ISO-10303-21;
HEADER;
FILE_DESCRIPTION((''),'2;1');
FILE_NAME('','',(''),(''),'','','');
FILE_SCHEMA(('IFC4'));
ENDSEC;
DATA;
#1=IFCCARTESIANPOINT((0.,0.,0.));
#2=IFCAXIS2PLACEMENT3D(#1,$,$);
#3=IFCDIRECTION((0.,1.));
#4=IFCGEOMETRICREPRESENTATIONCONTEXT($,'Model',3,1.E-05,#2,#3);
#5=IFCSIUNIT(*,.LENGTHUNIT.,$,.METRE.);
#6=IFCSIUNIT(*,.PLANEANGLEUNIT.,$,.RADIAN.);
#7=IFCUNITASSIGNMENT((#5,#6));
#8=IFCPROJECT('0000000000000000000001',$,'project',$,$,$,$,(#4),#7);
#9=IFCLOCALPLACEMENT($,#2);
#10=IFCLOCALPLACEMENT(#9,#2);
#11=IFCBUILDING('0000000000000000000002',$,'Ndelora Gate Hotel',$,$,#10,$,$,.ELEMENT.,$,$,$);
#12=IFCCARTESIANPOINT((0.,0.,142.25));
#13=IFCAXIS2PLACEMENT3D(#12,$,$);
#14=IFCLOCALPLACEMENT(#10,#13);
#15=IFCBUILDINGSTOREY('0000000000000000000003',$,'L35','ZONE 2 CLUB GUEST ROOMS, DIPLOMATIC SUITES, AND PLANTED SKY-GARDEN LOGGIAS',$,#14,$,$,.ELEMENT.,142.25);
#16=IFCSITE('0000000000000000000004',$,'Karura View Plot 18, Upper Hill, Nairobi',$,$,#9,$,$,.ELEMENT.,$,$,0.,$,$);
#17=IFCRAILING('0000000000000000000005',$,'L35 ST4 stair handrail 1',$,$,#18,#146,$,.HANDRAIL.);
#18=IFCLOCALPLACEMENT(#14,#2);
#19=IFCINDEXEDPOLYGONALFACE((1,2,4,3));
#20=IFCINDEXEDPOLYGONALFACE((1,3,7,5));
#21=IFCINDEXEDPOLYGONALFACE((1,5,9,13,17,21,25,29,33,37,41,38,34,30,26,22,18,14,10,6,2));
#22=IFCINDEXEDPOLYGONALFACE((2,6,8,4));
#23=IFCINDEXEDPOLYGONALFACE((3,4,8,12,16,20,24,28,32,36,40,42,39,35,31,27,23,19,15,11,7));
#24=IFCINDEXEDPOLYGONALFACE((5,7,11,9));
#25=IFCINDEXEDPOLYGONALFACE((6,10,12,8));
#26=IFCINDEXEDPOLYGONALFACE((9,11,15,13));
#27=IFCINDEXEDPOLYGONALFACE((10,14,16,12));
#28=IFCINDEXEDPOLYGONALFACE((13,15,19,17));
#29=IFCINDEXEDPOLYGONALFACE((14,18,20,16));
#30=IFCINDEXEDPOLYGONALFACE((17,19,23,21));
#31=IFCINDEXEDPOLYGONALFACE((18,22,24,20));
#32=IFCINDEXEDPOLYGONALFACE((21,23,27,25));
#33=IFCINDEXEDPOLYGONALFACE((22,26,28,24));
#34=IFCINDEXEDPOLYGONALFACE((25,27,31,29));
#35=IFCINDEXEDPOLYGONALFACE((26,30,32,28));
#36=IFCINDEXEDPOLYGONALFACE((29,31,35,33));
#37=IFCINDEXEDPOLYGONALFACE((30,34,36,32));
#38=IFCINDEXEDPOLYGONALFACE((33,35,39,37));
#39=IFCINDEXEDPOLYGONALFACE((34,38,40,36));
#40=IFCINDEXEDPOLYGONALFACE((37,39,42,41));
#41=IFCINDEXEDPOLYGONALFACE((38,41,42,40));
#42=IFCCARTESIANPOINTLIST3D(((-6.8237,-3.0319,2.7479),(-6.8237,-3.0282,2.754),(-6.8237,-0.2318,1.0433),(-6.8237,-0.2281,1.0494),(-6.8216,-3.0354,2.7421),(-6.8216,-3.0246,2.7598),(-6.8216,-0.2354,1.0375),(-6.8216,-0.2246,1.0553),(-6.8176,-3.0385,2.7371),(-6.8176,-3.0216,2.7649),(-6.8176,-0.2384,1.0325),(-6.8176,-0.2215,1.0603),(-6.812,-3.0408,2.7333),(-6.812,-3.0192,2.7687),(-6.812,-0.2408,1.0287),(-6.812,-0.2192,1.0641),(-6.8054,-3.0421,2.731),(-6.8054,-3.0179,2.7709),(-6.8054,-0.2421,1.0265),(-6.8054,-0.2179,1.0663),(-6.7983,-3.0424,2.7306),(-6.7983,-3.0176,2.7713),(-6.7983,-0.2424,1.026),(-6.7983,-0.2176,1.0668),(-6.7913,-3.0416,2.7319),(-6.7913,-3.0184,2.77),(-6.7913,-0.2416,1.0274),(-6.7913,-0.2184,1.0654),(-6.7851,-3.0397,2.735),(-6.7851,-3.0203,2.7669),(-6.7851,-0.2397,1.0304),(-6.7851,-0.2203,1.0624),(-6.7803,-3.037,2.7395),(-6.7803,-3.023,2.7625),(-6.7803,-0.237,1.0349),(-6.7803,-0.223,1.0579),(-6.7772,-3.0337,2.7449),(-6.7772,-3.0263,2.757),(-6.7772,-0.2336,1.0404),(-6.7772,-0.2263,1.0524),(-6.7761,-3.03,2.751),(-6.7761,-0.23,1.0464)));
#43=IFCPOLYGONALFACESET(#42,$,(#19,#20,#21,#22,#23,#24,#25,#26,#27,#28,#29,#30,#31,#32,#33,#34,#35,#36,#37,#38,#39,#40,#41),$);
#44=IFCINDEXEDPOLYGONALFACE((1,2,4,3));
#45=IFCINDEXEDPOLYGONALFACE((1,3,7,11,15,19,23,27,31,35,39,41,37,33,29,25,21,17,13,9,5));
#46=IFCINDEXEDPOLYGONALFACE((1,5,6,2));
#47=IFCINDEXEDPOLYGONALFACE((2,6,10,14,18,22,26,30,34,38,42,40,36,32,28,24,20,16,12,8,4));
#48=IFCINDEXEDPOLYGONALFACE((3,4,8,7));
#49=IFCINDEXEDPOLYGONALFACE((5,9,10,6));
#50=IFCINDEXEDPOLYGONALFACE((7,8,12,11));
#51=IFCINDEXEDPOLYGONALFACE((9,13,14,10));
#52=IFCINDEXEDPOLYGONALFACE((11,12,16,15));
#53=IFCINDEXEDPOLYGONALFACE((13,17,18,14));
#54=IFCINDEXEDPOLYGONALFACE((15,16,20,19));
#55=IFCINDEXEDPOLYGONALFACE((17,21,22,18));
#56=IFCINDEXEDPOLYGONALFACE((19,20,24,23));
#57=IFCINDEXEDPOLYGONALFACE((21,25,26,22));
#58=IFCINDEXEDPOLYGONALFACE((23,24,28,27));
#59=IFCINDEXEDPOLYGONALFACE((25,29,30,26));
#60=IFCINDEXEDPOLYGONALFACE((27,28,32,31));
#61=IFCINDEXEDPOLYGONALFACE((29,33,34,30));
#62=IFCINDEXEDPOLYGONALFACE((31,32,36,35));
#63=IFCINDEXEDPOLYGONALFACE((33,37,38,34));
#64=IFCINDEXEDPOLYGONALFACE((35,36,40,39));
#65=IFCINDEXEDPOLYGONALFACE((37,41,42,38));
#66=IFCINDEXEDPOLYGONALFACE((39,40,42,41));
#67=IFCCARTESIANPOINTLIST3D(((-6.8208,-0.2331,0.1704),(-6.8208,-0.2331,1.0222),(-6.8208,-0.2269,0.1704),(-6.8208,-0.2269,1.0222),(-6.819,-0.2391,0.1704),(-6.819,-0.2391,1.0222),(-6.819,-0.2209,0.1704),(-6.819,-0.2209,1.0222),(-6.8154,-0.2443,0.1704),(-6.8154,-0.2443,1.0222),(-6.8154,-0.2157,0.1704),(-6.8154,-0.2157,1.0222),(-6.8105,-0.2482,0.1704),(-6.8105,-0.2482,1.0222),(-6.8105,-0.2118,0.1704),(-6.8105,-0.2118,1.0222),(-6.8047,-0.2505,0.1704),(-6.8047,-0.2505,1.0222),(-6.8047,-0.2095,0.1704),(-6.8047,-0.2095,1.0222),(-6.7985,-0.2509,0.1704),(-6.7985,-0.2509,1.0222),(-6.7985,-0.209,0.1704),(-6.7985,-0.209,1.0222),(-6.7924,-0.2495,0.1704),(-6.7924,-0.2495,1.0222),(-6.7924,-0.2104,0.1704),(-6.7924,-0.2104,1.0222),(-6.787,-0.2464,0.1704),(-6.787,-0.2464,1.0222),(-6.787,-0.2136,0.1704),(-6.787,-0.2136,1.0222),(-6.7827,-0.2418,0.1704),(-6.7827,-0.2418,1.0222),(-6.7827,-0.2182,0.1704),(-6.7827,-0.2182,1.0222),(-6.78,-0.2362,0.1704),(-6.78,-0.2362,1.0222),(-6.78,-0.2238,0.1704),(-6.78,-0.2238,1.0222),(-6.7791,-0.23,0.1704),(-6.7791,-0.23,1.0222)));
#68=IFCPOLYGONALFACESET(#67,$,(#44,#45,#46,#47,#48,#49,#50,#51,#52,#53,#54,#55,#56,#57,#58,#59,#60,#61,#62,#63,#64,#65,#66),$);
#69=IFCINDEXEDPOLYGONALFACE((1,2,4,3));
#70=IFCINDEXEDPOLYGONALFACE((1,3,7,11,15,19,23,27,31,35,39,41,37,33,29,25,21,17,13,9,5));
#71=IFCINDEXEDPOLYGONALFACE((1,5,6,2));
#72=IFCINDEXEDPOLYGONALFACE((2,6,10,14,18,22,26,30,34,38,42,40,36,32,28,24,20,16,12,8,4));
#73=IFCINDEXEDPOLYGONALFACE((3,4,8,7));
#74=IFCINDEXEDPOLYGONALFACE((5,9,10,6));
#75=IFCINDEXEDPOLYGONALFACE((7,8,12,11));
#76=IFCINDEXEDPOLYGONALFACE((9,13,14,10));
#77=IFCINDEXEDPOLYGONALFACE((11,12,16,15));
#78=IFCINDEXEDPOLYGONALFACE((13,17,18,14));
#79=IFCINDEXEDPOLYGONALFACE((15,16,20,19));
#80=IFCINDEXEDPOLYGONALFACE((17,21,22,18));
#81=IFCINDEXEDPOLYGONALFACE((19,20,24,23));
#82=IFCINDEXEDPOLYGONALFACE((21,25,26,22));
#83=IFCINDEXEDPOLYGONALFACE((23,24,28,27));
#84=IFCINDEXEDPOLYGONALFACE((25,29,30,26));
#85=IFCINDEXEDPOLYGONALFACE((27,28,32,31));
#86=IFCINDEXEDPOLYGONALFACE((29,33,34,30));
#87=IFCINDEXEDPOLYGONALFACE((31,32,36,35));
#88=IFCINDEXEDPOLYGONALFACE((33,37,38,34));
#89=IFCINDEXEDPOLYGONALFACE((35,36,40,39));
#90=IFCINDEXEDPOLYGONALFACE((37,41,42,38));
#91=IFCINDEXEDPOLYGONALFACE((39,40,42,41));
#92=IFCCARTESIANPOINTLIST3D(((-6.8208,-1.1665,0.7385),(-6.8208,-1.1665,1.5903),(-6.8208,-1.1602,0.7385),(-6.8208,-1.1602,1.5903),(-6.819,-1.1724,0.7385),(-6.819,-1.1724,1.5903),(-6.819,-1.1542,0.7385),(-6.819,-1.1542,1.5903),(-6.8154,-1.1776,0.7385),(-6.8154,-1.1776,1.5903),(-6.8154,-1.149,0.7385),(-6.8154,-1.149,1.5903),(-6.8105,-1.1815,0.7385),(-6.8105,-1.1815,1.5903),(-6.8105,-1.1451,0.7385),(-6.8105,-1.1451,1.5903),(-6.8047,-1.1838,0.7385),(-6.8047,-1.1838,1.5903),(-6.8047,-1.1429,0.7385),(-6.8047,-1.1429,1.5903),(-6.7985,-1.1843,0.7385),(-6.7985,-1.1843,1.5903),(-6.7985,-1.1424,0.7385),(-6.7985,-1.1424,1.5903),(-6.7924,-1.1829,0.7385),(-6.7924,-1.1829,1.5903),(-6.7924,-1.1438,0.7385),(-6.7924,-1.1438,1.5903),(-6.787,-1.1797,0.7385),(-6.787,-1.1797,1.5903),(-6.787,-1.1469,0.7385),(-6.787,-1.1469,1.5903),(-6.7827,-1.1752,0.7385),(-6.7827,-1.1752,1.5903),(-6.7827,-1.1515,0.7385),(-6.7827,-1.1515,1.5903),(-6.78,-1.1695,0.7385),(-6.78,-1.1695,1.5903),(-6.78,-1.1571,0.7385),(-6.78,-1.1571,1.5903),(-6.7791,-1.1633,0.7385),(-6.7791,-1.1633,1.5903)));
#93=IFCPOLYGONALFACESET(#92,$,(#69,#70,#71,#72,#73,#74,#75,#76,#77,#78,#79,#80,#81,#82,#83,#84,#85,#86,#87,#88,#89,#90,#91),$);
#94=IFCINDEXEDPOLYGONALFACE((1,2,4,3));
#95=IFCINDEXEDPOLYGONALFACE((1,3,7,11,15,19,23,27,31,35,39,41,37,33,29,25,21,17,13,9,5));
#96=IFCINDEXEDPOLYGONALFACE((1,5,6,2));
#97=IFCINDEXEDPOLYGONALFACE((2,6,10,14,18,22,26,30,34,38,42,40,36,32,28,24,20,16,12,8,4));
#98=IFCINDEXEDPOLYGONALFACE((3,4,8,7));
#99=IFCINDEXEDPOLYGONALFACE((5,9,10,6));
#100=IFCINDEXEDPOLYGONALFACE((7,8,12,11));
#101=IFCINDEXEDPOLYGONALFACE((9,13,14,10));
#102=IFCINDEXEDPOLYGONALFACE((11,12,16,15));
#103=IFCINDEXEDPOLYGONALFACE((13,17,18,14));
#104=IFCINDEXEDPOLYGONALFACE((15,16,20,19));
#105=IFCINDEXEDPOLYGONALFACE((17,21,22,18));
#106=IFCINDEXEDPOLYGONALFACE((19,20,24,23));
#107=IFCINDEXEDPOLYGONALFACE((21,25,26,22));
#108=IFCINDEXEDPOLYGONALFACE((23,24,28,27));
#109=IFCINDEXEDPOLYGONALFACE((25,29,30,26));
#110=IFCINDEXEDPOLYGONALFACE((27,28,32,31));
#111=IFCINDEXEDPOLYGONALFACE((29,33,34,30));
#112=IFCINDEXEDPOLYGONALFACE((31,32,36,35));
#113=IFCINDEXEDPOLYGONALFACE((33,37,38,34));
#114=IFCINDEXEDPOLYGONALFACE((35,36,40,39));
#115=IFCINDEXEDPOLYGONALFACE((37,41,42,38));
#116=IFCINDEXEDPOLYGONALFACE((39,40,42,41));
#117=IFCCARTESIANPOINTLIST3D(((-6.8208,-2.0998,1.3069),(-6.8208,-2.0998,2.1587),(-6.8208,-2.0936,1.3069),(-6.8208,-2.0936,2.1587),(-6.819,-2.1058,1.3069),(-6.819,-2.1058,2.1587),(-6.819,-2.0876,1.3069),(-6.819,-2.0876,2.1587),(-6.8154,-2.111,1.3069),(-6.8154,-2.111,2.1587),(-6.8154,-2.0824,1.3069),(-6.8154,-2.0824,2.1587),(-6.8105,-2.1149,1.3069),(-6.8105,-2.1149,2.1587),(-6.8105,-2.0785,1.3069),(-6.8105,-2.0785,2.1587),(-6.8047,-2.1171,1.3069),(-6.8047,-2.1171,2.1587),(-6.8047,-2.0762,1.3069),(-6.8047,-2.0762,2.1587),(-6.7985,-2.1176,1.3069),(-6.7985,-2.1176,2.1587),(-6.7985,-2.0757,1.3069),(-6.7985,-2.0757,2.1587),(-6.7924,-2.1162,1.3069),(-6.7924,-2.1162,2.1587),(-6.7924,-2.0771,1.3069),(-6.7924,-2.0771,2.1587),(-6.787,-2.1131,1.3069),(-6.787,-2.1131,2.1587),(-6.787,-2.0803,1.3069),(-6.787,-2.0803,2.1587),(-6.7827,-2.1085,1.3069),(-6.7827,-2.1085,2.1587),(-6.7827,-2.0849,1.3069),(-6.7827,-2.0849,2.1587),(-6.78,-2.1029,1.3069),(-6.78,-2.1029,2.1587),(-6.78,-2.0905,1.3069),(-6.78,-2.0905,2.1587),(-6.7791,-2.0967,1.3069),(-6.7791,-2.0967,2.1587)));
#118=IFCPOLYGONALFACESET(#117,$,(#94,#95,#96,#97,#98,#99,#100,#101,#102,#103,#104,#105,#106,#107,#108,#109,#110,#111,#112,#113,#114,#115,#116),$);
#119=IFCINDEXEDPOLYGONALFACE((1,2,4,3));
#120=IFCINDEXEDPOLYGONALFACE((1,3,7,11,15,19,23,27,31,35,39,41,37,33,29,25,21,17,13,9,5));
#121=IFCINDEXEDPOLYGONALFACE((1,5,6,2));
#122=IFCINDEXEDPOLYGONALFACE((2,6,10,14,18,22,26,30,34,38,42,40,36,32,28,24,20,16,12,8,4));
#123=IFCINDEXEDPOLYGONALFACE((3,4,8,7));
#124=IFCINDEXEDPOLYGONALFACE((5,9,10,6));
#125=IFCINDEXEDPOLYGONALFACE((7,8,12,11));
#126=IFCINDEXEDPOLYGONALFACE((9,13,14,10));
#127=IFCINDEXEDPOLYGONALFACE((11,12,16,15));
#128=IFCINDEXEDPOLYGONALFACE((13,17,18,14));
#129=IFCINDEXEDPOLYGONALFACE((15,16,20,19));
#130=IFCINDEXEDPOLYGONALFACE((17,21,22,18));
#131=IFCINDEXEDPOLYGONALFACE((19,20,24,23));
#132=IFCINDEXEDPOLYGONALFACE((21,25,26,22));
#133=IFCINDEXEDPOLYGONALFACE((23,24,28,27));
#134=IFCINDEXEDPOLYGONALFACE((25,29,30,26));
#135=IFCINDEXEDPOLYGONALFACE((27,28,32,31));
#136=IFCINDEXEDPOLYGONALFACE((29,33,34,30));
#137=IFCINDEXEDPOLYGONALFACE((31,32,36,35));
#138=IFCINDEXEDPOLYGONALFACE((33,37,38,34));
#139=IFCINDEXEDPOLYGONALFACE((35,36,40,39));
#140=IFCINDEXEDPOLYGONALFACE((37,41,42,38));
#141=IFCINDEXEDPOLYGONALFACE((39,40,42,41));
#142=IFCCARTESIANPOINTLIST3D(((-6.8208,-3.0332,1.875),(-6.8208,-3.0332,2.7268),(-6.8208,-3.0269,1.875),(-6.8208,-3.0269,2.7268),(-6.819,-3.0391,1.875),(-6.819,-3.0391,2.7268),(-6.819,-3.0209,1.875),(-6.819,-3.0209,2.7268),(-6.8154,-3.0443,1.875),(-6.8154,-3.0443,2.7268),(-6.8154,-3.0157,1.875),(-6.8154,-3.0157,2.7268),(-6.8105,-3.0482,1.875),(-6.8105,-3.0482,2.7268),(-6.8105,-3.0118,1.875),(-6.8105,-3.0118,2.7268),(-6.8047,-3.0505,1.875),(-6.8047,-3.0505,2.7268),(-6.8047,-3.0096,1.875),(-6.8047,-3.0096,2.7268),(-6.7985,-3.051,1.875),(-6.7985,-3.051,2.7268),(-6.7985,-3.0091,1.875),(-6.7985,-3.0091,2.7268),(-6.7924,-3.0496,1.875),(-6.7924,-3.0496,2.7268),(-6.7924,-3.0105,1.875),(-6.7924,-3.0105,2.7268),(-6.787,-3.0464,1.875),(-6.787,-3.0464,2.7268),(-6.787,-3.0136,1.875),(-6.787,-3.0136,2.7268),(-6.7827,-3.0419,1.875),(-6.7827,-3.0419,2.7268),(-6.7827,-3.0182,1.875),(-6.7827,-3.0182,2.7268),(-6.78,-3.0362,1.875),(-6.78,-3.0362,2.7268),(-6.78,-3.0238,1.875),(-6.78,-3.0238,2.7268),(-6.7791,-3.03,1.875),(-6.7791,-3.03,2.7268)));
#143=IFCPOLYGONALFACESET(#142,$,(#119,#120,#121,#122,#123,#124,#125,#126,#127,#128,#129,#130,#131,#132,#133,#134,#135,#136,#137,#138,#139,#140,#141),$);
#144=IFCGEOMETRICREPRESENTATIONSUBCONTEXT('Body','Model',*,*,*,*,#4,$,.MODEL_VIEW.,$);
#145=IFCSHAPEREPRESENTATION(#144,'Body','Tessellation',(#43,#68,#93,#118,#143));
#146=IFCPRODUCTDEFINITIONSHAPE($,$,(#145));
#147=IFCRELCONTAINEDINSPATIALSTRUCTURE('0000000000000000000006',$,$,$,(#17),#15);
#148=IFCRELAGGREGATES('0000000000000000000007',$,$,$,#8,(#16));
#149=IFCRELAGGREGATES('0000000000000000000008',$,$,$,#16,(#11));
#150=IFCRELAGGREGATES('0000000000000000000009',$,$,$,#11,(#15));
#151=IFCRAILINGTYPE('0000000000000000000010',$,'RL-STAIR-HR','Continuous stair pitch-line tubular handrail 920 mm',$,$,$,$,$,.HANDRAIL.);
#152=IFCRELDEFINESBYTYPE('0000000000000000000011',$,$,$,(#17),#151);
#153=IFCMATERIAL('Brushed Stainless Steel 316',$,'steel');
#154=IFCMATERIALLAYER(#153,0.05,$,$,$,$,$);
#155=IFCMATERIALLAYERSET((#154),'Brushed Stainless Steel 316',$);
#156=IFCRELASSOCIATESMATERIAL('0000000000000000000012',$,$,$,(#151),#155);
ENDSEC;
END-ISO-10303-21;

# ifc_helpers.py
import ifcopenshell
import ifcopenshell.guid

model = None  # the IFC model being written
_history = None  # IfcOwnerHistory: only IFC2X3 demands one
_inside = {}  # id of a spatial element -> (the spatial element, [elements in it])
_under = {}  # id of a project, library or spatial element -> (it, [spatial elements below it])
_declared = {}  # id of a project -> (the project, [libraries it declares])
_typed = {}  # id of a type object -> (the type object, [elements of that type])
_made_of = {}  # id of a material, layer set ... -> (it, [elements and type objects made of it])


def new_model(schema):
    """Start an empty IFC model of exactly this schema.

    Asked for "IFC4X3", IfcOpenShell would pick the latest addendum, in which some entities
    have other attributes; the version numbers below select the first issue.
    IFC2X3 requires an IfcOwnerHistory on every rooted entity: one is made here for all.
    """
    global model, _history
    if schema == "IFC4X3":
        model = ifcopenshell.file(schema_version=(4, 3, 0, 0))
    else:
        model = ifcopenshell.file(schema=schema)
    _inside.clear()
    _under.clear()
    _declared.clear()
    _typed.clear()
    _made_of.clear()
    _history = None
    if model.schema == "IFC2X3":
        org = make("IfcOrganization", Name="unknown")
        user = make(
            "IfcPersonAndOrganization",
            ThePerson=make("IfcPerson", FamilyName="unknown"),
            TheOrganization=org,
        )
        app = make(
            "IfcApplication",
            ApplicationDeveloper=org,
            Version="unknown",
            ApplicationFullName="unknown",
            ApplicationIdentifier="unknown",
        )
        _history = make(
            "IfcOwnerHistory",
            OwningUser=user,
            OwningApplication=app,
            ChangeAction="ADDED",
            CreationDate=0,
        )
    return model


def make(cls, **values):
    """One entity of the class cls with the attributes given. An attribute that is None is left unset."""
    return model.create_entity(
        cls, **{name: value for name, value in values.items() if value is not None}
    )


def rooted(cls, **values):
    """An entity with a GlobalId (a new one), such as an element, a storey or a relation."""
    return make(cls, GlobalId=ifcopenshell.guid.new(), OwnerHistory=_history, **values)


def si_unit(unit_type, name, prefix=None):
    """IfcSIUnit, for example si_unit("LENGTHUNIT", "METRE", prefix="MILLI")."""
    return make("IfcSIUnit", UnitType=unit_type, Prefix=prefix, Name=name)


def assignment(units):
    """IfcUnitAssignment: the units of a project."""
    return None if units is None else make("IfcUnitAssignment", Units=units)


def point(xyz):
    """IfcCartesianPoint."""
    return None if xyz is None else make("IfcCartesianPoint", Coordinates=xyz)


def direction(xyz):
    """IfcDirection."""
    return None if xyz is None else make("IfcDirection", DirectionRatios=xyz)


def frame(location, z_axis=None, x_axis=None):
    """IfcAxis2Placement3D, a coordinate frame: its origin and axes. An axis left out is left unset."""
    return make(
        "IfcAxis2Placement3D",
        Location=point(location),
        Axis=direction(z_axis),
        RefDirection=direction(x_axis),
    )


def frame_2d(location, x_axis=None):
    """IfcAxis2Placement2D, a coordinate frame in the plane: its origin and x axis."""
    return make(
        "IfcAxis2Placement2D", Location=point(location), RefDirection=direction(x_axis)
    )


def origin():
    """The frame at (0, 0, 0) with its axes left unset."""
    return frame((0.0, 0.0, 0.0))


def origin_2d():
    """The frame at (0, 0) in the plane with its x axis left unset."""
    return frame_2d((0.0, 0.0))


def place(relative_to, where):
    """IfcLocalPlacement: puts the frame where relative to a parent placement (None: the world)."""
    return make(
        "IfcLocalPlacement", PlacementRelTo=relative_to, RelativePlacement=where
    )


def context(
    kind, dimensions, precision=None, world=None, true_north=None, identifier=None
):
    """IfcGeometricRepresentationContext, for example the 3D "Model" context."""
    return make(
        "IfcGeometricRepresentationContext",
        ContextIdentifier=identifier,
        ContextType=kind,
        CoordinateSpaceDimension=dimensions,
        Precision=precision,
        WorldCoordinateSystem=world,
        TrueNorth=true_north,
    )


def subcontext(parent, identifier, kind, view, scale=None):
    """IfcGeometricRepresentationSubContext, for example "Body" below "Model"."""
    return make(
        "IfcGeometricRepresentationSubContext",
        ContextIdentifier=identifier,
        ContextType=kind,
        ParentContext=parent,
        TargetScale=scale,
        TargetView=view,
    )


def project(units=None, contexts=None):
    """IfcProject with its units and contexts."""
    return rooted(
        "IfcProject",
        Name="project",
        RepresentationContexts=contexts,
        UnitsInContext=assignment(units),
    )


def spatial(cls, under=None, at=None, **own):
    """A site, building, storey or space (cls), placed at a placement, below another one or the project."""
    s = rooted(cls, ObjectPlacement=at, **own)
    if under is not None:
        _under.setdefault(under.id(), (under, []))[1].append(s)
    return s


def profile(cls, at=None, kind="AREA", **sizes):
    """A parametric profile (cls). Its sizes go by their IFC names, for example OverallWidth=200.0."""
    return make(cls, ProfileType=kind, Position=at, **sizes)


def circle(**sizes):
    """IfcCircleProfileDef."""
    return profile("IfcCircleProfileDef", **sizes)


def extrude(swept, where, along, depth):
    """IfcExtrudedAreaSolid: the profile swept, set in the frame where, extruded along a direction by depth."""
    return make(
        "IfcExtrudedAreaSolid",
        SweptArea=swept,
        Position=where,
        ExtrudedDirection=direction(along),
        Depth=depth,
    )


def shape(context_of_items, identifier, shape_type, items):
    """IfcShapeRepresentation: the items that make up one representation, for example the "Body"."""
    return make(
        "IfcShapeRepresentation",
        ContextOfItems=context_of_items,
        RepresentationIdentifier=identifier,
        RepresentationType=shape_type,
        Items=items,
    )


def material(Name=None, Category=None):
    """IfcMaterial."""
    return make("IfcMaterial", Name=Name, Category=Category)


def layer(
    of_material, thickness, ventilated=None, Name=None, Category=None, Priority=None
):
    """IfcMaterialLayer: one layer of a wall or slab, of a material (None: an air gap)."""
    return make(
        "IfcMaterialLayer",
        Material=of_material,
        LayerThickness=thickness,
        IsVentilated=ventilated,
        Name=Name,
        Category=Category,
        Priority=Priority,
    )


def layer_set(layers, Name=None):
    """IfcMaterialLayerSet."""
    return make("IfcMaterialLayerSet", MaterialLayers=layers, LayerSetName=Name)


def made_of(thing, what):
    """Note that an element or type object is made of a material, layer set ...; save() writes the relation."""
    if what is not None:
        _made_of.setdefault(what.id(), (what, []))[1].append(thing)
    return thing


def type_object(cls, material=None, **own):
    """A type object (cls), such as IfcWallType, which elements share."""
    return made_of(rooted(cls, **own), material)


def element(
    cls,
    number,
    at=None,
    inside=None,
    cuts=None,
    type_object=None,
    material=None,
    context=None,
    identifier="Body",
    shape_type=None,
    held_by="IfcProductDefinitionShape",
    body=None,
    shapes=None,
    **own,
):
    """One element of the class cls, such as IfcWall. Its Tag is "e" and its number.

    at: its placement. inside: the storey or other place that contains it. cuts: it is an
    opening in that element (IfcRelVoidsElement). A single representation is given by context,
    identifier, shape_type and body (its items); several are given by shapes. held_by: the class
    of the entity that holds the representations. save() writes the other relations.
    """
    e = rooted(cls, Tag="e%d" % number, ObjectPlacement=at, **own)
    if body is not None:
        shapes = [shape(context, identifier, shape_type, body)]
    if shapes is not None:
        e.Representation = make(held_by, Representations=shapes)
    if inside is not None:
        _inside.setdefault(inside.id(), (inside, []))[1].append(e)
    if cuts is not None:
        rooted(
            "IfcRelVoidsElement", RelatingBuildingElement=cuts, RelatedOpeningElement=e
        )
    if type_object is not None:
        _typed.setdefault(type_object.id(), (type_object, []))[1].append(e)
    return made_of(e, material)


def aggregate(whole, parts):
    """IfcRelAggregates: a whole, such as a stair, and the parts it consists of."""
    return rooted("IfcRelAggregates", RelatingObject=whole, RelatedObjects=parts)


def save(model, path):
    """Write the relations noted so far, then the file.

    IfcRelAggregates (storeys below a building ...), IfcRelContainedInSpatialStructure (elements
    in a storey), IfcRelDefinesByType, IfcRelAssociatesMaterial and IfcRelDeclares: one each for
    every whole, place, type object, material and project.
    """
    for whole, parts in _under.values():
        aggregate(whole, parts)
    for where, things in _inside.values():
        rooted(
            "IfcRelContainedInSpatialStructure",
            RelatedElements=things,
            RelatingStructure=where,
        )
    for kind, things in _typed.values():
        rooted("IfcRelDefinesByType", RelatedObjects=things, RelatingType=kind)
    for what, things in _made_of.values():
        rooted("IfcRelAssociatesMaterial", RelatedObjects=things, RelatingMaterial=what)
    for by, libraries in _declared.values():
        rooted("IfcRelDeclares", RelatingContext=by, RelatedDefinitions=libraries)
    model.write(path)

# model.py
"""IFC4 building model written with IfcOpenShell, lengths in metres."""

from ifc_helpers import new_model, si_unit, direction, frame, origin, origin_2d, place, context, subcontext, project, spatial, circle, extrude, material, layer, layer_set, type_object, element, save


model = new_model("IFC4")

# Units and contexts
model_context = context("Model", 3, precision=1e-05, world=origin(), true_north=direction((0.0, 1.0)))
body_context = subcontext(model_context, "Body", "Model", "MODEL_VIEW")
ifc_project = project(units=[si_unit("LENGTHUNIT", "METRE"), si_unit("PLANEANGLEUNIT", "RADIAN")], contexts=[model_context])

# Site, building, storey
site_placement = place(None, origin())
site = spatial("IfcSite", under=ifc_project, at=site_placement, Name="Karura View Plot 18, Upper Hill, Nairobi", CompositionType="ELEMENT", RefElevation=0.0)
building_placement = place(site_placement, origin())
building = spatial("IfcBuilding", under=site, at=building_placement, Name="Ndelora Gate Hotel", CompositionType="ELEMENT")
storey_placement = place(building_placement, frame((0.0, 0.0, 142.25)))
storey = spatial("IfcBuildingStorey", under=building, at=storey_placement, Name="L35", Description="ZONE 2 CLUB GUEST ROOMS, DIPLOMATIC SUITES, AND PLANTED SKY-GARDEN LOGGIAS", CompositionType="ELEMENT", Elevation=142.25)

# Railing
ifc_material_1 = material(Name="Brushed Stainless Steel 316", Category="steel")
ifc_layer_1 = layer(ifc_material_1, 0.05)
ifc_layer_set_1 = layer_set([ifc_layer_1], Name="Brushed Stainless Steel 316")
railing_type_1 = type_object("IfcRailingType", Name="RL-STAIR-HR", Description="Continuous stair pitch-line tubular handrail 920 mm", PredefinedType="HANDRAIL", material=ifc_layer_set_1)
railing_1_placement = place(storey_placement, frame((-6.8, -0.23, 0.1704)))
element("IfcRailing", 1, at=railing_1_placement, inside=storey, type_object=railing_type_1, Name="L35 ST4 stair handrail 1", PredefinedType="HANDRAIL", context=body_context, shape_type="SweptSolid", body=[
    extrude(circle(Radius=0.0239, at=origin_2d()), frame((0.0, 0.0, 0.876), z_axis=(0.0, -0.85417, 0.519994), x_axis=(1.0, 0.0, 0.0)), (0.0, 0.0, 1.0), 3.2781),
    extrude(circle(Radius=0.021, at=origin_2d()), origin(), (0.0, 0.0, 1.0), 0.8518),
    extrude(circle(Radius=0.021, at=origin_2d()), frame((0.0, -0.9333, 0.5681)), (0.0, 0.0, 1.0), 0.8518),
    extrude(circle(Radius=0.021, at=origin_2d()), frame((0.0, -1.8667, 1.1365)), (0.0, 0.0, 1.0), 0.8518),
    extrude(circle(Radius=0.021, at=origin_2d()), frame((0.0, -2.8, 1.7046)), (0.0, 0.0, 1.0), 0.8518),
])

save(model, "model.ifc")
